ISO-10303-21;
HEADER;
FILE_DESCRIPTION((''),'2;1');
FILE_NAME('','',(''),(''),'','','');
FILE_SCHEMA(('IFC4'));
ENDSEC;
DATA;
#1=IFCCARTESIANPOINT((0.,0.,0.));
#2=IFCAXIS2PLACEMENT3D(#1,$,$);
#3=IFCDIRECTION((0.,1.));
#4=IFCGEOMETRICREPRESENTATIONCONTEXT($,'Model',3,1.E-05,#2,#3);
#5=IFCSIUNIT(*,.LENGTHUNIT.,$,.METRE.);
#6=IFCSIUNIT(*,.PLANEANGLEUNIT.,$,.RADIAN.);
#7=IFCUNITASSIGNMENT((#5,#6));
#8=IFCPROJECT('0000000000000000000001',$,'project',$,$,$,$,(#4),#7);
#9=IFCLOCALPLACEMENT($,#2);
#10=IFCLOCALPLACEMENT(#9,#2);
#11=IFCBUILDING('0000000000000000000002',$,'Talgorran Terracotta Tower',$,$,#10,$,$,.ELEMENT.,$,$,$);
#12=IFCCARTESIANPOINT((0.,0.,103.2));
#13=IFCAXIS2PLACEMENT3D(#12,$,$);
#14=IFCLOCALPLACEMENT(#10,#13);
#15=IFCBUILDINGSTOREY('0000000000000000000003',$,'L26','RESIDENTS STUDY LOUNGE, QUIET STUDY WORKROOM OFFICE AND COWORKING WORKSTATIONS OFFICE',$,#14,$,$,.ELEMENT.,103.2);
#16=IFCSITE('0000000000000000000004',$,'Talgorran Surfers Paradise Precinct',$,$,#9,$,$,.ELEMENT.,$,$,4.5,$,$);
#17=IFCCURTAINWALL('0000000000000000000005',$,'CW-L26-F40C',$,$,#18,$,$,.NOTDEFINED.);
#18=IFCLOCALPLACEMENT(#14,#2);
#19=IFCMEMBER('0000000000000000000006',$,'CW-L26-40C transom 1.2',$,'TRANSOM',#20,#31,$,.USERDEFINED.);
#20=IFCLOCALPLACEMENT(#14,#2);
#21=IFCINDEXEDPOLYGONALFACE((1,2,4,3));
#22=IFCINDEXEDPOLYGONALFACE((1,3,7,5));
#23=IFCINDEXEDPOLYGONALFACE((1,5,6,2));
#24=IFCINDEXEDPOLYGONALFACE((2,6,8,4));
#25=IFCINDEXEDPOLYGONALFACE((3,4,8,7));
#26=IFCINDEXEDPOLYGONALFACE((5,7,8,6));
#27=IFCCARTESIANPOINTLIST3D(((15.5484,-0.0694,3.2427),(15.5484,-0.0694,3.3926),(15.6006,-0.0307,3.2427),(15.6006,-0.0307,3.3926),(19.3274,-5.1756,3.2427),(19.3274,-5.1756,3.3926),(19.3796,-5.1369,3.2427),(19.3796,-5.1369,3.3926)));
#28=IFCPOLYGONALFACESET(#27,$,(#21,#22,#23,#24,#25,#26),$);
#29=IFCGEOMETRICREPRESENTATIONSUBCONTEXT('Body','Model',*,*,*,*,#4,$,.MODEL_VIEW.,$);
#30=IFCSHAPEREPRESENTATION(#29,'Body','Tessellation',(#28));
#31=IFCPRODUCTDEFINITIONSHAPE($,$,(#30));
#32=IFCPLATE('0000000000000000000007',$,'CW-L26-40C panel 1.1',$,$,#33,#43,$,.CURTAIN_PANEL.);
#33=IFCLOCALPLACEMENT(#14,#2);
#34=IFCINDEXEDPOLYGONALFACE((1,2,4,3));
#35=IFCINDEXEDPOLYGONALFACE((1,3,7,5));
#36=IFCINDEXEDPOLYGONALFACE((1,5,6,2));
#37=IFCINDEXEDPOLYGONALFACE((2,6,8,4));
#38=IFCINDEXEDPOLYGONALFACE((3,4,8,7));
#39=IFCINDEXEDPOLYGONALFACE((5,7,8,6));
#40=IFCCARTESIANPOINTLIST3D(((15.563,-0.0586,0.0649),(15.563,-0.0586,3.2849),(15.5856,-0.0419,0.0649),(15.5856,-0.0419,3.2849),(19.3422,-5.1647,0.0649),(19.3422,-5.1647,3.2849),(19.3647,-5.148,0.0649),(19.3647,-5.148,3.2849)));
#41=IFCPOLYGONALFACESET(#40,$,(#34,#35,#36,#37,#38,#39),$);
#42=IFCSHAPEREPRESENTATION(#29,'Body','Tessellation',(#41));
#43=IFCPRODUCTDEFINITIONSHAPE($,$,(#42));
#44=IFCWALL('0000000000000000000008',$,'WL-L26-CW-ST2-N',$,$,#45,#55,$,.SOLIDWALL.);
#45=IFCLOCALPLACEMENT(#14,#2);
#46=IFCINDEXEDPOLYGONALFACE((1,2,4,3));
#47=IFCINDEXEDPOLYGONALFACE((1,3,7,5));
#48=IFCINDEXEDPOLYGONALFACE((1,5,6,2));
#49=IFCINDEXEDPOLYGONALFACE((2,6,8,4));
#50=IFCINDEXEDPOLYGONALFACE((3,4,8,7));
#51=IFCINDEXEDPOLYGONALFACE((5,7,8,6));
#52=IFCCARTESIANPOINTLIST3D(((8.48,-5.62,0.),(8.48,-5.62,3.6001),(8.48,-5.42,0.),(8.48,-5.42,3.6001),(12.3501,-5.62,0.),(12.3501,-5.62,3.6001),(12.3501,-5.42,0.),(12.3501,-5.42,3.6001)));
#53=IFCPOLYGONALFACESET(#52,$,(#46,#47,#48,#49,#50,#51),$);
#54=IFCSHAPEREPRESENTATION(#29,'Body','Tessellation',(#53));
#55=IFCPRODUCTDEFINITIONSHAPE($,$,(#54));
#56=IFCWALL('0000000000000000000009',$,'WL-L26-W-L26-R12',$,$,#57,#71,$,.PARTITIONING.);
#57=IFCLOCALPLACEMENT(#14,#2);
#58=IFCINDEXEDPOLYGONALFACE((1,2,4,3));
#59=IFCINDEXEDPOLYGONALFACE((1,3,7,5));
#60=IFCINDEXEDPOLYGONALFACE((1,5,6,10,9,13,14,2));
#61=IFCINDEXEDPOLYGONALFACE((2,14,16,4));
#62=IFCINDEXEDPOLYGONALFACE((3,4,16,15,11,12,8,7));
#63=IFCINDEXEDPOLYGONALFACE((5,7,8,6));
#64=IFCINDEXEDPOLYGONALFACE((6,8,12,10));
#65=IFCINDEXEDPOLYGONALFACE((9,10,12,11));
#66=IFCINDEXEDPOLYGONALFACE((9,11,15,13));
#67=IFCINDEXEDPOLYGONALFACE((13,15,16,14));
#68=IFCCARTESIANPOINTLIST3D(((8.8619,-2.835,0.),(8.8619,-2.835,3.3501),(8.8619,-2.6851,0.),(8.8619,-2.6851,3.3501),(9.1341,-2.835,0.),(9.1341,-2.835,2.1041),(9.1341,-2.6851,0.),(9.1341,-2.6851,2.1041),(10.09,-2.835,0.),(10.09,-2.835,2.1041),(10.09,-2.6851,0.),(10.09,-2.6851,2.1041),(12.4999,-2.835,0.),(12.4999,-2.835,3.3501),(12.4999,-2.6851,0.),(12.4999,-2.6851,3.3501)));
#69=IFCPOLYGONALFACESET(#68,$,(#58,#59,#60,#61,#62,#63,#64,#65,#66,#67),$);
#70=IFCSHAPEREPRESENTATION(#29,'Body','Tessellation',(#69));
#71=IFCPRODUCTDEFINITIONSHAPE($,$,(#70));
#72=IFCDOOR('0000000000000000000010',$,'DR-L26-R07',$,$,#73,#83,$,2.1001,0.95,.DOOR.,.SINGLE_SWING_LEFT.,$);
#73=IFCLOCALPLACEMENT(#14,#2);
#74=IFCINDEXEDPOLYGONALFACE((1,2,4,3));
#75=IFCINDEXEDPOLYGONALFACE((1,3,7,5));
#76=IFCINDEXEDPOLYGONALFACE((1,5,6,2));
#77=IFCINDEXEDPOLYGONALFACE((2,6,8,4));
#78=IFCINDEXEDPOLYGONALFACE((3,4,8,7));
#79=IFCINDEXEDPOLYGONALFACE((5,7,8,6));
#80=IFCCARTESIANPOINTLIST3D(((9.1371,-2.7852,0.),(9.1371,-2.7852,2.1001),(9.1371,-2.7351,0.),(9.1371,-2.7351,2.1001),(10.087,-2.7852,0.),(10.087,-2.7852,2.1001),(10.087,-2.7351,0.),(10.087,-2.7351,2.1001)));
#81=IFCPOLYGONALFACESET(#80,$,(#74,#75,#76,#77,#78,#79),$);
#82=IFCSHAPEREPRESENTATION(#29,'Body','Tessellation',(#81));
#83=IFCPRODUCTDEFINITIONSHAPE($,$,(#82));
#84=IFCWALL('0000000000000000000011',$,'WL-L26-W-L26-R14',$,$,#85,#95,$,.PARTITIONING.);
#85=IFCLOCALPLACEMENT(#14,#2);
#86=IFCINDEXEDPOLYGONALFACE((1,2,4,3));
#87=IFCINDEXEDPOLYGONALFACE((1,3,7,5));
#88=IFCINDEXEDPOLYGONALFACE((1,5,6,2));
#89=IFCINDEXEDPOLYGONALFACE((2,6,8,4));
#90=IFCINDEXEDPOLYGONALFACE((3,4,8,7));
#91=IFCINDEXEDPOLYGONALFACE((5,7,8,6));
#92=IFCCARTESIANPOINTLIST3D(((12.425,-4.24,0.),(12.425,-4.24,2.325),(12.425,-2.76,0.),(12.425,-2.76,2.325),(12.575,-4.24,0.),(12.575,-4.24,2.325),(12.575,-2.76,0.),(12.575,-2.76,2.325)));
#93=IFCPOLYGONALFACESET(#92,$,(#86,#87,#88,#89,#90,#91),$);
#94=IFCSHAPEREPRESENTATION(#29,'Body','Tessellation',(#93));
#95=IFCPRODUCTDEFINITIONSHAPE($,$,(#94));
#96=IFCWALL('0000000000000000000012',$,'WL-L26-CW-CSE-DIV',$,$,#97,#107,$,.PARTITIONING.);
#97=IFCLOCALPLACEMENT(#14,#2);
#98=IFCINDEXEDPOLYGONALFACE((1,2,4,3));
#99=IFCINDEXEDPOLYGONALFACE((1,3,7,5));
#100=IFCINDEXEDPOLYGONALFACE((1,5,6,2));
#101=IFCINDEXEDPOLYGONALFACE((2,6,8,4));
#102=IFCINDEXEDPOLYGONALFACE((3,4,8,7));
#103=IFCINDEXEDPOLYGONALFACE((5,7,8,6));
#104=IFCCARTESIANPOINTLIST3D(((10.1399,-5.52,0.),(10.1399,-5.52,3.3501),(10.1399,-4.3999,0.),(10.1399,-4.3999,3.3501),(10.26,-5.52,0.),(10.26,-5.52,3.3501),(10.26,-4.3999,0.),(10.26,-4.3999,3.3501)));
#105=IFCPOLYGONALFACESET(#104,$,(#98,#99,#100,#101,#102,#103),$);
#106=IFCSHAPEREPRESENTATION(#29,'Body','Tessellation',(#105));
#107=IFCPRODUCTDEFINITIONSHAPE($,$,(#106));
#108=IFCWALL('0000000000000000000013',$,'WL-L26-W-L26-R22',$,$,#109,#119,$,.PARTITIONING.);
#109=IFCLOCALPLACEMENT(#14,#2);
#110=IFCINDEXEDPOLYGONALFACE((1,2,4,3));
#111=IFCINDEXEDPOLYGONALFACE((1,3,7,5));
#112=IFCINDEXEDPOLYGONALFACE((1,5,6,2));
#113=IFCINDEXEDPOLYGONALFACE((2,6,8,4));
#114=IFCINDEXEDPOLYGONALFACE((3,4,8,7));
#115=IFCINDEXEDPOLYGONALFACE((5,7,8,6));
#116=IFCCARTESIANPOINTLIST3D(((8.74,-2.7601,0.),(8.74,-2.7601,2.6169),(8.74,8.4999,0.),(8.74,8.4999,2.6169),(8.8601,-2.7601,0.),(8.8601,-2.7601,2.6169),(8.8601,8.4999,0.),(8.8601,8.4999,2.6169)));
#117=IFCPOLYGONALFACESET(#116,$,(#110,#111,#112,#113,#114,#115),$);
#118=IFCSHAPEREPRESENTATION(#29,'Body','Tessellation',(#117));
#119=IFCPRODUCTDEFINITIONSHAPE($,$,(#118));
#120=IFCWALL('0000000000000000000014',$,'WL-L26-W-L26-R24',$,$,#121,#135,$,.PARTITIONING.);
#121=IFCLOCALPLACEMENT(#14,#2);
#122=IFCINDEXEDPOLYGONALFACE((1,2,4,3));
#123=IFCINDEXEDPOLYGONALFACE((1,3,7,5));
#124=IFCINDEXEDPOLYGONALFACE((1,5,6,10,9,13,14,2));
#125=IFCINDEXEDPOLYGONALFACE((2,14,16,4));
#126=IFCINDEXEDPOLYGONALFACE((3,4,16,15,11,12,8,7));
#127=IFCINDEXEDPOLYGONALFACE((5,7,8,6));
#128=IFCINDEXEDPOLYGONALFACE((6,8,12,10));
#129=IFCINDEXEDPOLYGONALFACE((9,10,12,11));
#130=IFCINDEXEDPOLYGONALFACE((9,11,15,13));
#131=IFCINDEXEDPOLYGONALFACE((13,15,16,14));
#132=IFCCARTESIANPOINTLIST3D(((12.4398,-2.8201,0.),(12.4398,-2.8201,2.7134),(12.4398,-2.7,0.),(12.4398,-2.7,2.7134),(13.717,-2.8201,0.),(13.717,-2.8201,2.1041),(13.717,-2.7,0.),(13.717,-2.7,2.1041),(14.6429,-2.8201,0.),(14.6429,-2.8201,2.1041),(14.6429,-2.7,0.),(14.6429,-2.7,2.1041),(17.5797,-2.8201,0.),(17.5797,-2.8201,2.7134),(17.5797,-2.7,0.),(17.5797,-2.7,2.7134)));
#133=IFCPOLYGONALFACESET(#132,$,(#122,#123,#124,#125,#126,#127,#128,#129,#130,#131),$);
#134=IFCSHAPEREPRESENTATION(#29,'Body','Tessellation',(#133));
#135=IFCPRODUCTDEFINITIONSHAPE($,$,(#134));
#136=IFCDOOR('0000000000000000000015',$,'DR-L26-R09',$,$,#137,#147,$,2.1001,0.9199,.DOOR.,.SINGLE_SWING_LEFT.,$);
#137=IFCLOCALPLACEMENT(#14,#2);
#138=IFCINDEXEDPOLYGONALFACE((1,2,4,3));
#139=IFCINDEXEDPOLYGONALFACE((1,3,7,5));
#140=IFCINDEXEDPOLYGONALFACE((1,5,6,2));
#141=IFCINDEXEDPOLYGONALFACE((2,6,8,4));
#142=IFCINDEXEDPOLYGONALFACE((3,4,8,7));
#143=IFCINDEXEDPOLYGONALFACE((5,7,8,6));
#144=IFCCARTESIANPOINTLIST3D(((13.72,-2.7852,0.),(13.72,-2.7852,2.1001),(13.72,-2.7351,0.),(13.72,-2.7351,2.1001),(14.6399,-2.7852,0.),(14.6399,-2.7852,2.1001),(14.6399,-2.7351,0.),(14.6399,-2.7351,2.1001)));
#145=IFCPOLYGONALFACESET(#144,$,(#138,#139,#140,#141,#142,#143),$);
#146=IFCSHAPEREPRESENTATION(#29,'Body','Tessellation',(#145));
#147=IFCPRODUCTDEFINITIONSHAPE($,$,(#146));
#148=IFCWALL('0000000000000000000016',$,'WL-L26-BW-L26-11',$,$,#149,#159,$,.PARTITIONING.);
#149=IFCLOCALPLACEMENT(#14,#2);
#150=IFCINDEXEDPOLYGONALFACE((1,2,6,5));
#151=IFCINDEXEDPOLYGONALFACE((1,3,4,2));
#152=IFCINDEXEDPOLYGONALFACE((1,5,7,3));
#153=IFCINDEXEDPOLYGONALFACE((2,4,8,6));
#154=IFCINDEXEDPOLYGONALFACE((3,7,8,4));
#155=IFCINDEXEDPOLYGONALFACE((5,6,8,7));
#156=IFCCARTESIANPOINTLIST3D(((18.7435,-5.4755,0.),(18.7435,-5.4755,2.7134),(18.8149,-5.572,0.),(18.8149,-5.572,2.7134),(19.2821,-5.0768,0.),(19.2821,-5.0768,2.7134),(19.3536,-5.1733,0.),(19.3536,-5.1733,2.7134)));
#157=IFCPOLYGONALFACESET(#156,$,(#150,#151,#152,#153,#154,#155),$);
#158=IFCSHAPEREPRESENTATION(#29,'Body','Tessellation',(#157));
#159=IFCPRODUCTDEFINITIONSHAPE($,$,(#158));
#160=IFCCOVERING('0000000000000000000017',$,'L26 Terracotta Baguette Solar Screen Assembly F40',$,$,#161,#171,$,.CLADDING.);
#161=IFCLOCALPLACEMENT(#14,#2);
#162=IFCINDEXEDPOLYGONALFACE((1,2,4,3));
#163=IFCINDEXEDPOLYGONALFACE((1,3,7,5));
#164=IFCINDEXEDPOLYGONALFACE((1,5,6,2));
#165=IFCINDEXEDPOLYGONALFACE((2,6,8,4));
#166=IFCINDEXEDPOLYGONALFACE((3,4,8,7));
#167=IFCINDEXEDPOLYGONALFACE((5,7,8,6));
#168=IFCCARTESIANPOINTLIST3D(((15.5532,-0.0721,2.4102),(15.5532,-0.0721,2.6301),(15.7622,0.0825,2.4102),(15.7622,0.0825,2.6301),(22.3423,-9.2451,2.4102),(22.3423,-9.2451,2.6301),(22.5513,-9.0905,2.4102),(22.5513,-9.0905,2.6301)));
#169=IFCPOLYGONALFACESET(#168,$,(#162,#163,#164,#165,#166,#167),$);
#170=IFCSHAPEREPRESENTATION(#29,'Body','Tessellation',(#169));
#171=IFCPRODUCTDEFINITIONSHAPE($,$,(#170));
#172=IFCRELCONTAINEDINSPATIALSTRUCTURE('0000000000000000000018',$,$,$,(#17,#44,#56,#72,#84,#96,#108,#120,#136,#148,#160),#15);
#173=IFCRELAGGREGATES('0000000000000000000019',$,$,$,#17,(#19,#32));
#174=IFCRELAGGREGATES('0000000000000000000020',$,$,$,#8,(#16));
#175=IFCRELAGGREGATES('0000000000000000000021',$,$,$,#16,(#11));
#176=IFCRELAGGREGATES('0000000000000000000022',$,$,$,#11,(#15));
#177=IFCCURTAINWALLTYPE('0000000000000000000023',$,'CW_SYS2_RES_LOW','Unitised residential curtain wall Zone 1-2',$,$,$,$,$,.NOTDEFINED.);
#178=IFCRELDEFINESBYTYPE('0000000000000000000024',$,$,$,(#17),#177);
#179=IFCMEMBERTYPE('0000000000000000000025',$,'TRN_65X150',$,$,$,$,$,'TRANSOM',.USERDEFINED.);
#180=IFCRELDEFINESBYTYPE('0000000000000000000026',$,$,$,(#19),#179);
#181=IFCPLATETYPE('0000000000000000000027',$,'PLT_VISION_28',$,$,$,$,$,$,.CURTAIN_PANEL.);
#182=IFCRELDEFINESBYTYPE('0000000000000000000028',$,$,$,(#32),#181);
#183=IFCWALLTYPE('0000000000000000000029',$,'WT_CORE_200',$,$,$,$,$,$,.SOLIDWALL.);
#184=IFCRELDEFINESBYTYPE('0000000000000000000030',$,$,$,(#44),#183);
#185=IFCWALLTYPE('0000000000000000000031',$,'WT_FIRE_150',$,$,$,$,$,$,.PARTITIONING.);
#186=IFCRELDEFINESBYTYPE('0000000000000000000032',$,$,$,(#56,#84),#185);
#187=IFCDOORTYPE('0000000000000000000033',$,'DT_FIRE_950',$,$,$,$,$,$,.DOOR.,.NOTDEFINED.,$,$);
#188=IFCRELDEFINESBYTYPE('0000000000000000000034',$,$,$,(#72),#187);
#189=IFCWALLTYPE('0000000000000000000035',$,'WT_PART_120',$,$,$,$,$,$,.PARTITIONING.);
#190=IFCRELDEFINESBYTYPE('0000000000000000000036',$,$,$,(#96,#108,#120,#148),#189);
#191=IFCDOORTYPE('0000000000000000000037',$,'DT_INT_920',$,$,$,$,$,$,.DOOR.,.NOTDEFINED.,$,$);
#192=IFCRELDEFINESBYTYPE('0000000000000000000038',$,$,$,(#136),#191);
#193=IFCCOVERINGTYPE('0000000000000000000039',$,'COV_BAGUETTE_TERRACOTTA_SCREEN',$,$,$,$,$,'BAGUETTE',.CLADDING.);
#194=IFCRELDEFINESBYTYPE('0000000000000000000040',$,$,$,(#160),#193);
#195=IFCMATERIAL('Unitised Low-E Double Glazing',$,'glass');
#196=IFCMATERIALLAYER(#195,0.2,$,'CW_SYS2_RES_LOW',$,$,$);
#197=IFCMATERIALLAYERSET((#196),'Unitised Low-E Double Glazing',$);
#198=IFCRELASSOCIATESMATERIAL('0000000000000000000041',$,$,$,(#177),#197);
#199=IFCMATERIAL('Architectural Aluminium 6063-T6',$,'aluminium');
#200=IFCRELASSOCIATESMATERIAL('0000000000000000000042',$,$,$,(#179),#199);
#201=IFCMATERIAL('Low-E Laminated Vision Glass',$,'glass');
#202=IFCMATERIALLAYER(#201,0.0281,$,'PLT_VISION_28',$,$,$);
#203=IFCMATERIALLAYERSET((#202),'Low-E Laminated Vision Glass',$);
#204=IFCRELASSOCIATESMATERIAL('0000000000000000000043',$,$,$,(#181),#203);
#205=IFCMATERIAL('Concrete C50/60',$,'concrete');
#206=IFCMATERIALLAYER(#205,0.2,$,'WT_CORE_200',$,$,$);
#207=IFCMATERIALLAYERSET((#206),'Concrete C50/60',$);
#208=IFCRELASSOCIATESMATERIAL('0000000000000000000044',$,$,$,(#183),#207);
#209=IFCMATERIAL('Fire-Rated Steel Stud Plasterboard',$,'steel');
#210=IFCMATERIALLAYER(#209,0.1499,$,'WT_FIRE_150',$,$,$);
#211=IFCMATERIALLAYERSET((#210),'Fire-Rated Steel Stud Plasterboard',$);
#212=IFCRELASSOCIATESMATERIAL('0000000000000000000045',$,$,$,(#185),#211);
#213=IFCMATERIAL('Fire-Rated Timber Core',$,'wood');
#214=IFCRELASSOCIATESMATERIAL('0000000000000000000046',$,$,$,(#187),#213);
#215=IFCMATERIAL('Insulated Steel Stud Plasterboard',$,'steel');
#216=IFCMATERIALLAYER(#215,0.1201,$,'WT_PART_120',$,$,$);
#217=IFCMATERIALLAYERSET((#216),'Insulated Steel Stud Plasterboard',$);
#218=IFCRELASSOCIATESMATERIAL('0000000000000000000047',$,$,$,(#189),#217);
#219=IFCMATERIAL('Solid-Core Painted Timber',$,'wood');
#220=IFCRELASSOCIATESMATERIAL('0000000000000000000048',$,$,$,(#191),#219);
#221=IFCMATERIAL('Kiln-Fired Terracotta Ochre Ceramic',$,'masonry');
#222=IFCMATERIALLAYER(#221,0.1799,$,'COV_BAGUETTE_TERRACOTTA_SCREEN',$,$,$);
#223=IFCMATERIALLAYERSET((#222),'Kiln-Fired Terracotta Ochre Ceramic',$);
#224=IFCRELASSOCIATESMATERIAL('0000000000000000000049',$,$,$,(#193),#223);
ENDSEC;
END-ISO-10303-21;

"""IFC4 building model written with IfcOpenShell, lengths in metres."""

from ifc_helpers import new_model, si_unit, direction, frame, frame_2d, origin, origin_2d, place, context, subcontext, project, spatial, rectangle, extrude, source, transform, mapped, material, layer, layer_set, material_profile, profile_set, type_object, type_shapes, element, fill, aggregate, save


model = new_model("IFC4")

# Units and contexts
model_context = context("Model", 3, precision=1e-05, world=origin(), true_north=direction((0.0, 1.0)))
body_context = subcontext(model_context, "Body", "Model", "MODEL_VIEW")
ifc_project = project(units=[si_unit("LENGTHUNIT", "METRE"), si_unit("PLANEANGLEUNIT", "RADIAN")], contexts=[model_context])

# Site, building, storey
site_placement = place(None, origin())
site = spatial("IfcSite", under=ifc_project, at=site_placement, Name="Talgorran Surfers Paradise Precinct", CompositionType="ELEMENT", RefElevation=4.5)
building_placement = place(site_placement, origin())
building = spatial("IfcBuilding", under=site, at=building_placement, Name="Talgorran Terracotta Tower", CompositionType="ELEMENT")
storey_placement = place(building_placement, frame((0.0, 0.0, 103.2)))
storey = spatial("IfcBuildingStorey", under=building, at=storey_placement, Name="L26", Description="RESIDENTS STUDY LOUNGE, QUIET STUDY WORKROOM OFFICE AND COWORKING WORKSTATIONS OFFICE", CompositionType="ELEMENT", Elevation=103.2)

# Shared definitions
ifc_material_1 = material(Name="Unitised Low-E Double Glazing", Category="glass")
ifc_layer_1 = layer(ifc_material_1, 0.2, Name="CW_SYS2_RES_LOW")
ifc_layer_set_1 = layer_set([ifc_layer_1], Name="Unitised Low-E Double Glazing")
curtain_wall_type = type_object("IfcCurtainWallType", Name="CW_SYS2_RES_LOW", Description="Unitised residential curtain wall Zone 1-2", PredefinedType="NOTDEFINED", material=ifc_layer_set_1)
ifc_material_2 = material(Name="Architectural Aluminium 6063-T6", Category="aluminium")

# Curtain wall, member, plate
curtain_wall_1_placement = place(storey_placement, origin())
curtain_wall_1 = element("IfcCurtainWall", 1, at=curtain_wall_1_placement, inside=storey, type_object=curtain_wall_type, Name="CW-L26-F40C", PredefinedType="NOTDEFINED")
ifc_material_profile_1 = material_profile(ifc_material_2, rectangle(XDim=0.0649, YDim=0.1499, at=origin_2d()), Name="CWT65X150")
ifc_profile_set_1 = profile_set([ifc_material_profile_1], Name="Architectural Aluminium 6063-T6")
member_type_1 = type_object("IfcMemberType", Name="TRN_65X150", ElementType="TRANSOM", PredefinedType="USERDEFINED", material=ifc_profile_set_1)
member_1_placement = place(storey_placement, frame((19.3535, -5.1562, 3.3176), z_axis=(-0.59489, 0.803807, 0.0), x_axis=(-0.803807, -0.59489, 0.0)))
member_1 = element("IfcMember", 2, at=member_1_placement, type_object=member_type_1, Name="CW-L26-40C transom 1.2", ObjectType="TRANSOM", PredefinedType="USERDEFINED", context=body_context, shape_type="SweptSolid", body=[
    extrude(rectangle(XDim=0.0649, YDim=0.1499, at=origin_2d()), origin(), (0.0, 0.0, 1.0), 6.3525),
])
ifc_material_3 = material(Name="Low-E Laminated Vision Glass", Category="glass")
ifc_layer_2 = layer(ifc_material_3, 0.0281, Name="PLT_VISION_28")
ifc_layer_set_2 = layer_set([ifc_layer_2], Name="Low-E Laminated Vision Glass")
plate_type = type_object("IfcPlateType", Name="PLT_VISION_28", PredefinedType="CURTAIN_PANEL", material=ifc_layer_set_2)
shared_shape = source(origin(), body_context, "Body", "SweptSolid", [
    extrude(rectangle(XDim=6.3525, YDim=0.0281, at=origin_2d()), origin(), (0.0, 0.0, 1.0), 3.22),
])
type_shapes(plate_type, [shared_shape])
plate_placement = place(storey_placement, frame((17.4639, -2.6033, 0.0649), z_axis=(0.0, 0.0, 1.0), x_axis=(-0.594908, 0.803794, 0.0)))
plate = element("IfcPlate", 3, at=plate_placement, type_object=plate_type, Name="CW-L26-40C panel 1.1", PredefinedType="CURTAIN_PANEL", context=body_context, shape_type="MappedRepresentation", body=[
    mapped(shared_shape, transform((0.0, 0.0, 0.0), scale=1.0)),
])
aggregate(curtain_wall_1, [member_1, plate])

# Wall
ifc_material_4 = material(Name="Concrete C50/60", Category="concrete")
ifc_layer_3 = layer(ifc_material_4, 0.2, Name="WT_CORE_200")
ifc_layer_set_3 = layer_set([ifc_layer_3], Name="Concrete C50/60")
wall_type_1 = type_object("IfcWallType", Name="WT_CORE_200", PredefinedType="SOLIDWALL", material=ifc_layer_set_3)
wall_1_placement = place(storey_placement, frame((8.48, -5.52, 0.0), z_axis=(0.0, 0.0, 1.0), x_axis=(1.0, 0.0, 0.0)))
element("IfcWall", 4, at=wall_1_placement, inside=storey, type_object=wall_type_1, Name="WL-L26-CW-ST2-N", PredefinedType="SOLIDWALL", context=body_context, shape_type="SweptSolid", body=[
    extrude(rectangle(XDim=3.8701, YDim=0.2, at=frame_2d((1.9351, 0.0))), origin(), (0.0, 0.0, 1.0), 3.6001),
])

# Wall, opening, door
ifc_material_5 = material(Name="Fire-Rated Steel Stud Plasterboard", Category="steel")
ifc_layer_4 = layer(ifc_material_5, 0.1499, Name="WT_FIRE_150")
ifc_layer_set_4 = layer_set([ifc_layer_4], Name="Fire-Rated Steel Stud Plasterboard")
wall_type_2 = type_object("IfcWallType", Name="WT_FIRE_150", PredefinedType="PARTITIONING", material=ifc_layer_set_4)
wall_2_placement = place(storey_placement, frame((8.8621, -2.76, 0.0), z_axis=(0.0, 0.0, 1.0), x_axis=(1.0, 0.0, 0.0)))
wall_2 = element("IfcWall", 5, at=wall_2_placement, inside=storey, type_object=wall_type_2, Name="WL-L26-W-L26-R12", PredefinedType="PARTITIONING", context=body_context, shape_type="SweptSolid", body=[
    extrude(rectangle(XDim=3.6379, YDim=0.1499, at=frame_2d((1.8188, 0.0))), origin(), (0.0, 0.0, 1.0), 3.3501),
])
opening_1_placement = place(wall_2_placement, frame((0.2749, 0.0, 0.0)))
opening_1 = element("IfcOpeningElement", 6, at=opening_1_placement, cuts=wall_2, PredefinedType="OPENING", context=body_context, shape_type="SweptSolid", body=[
    extrude(rectangle(XDim=0.956, YDim=2.1041, at=frame_2d((0.4751, 1.052))), frame((0.0, 0.085, 0.0), z_axis=(0.0, -1.0, 0.0), x_axis=(1.0, 0.0, 0.0)), (0.0, 0.0, 1.0), 0.1699),
])
ifc_material_6 = material(Name="Fire-Rated Timber Core", Category="wood")
door_type_1 = type_object("IfcDoorType", Name="DT_FIRE_950", OperationType="NOTDEFINED", PredefinedType="DOOR", material=ifc_material_6)
door_1_placement = place(opening_1_placement, origin())
door_1 = element("IfcDoor", 7, at=door_1_placement, inside=storey, type_object=door_type_1, Name="DR-L26-R07", OperationType="SINGLE_SWING_LEFT", OverallHeight=2.1001, OverallWidth=0.95, PredefinedType="DOOR", context=body_context, shape_type="SweptSolid", body=[
    extrude(rectangle(XDim=0.95, YDim=2.1001, at=frame_2d((0.4751, 1.05))), frame((0.0, 0.0249, 0.0), z_axis=(0.0, -1.0, 0.0), x_axis=(1.0, 0.0, 0.0)), (0.0, 0.0, 1.0), 0.05),
])
fill(opening_1, door_1)

# Walls
wall_3_placement = place(storey_placement, frame((12.5, -4.24, 0.0), z_axis=(0.0, 0.0, 1.0), x_axis=(0.0, 1.0, 0.0)))
element("IfcWall", 8, at=wall_3_placement, inside=storey, type_object=wall_type_2, Name="WL-L26-W-L26-R14", PredefinedType="PARTITIONING", context=body_context, shape_type="SweptSolid", body=[
    extrude(rectangle(XDim=1.48, YDim=0.1499, at=frame_2d((0.74, 0.0))), origin(), (0.0, 0.0, 1.0), 2.325),
])
ifc_material_7 = material(Name="Insulated Steel Stud Plasterboard", Category="steel")
ifc_layer_5 = layer(ifc_material_7, 0.1201, Name="WT_PART_120")
ifc_layer_set_5 = layer_set([ifc_layer_5], Name="Insulated Steel Stud Plasterboard")
wall_type_3 = type_object("IfcWallType", Name="WT_PART_120", PredefinedType="PARTITIONING", material=ifc_layer_set_5)
wall_4_placement = place(storey_placement, frame((10.2, -5.52, 0.0), z_axis=(0.0, 0.0, 1.0), x_axis=(0.0, 1.0, 0.0)))
element("IfcWall", 9, at=wall_4_placement, inside=storey, type_object=wall_type_3, Name="WL-L26-CW-CSE-DIV", PredefinedType="PARTITIONING", context=body_context, shape_type="SweptSolid", body=[
    extrude(rectangle(XDim=1.1201, YDim=0.1201, at=frame_2d((0.5601, 0.0))), origin(), (0.0, 0.0, 1.0), 3.3501),
])
wall_5_placement = place(storey_placement, frame((8.8, -2.76, 0.0), z_axis=(0.0, 0.0, 1.0), x_axis=(0.0, 1.0, 0.0)))
element("IfcWall", 10, at=wall_5_placement, inside=storey, type_object=wall_type_3, Name="WL-L26-W-L26-R22", PredefinedType="PARTITIONING", context=body_context, shape_type="SweptSolid", body=[
    extrude(rectangle(XDim=11.26, YDim=0.1201, at=frame_2d((5.6299, 0.0))), origin(), (0.0, 0.0, 1.0), 2.6169),
])

# Wall, opening, door
wall_6_placement = place(storey_placement, frame((12.4399, -2.76, 0.0), z_axis=(0.0, 0.0, 1.0), x_axis=(1.0, 0.0, 0.0)))
wall_6 = element("IfcWall", 11, at=wall_6_placement, inside=storey, type_object=wall_type_3, Name="WL-L26-W-L26-R24", PredefinedType="PARTITIONING", context=body_context, shape_type="SweptSolid", body=[
    extrude(rectangle(XDim=5.1399, YDim=0.1201, at=frame_2d((2.5698, 0.0))), origin(), (0.0, 0.0, 1.0), 2.7134),
])
opening_2_placement = place(wall_6_placement, frame((1.28, 0.0, 0.0)))
opening_2 = element("IfcOpeningElement", 12, at=opening_2_placement, cuts=wall_6, PredefinedType="OPENING", context=body_context, shape_type="SweptSolid", body=[
    extrude(rectangle(XDim=0.9259, YDim=2.1041, at=frame_2d((0.46, 1.052))), frame((0.0, 0.0701, 0.0), z_axis=(0.0, -1.0, 0.0), x_axis=(1.0, 0.0, 0.0)), (0.0, 0.0, 1.0), 0.1401),
])
ifc_material_8 = material(Name="Solid-Core Painted Timber", Category="wood")
door_type_2 = type_object("IfcDoorType", Name="DT_INT_920", OperationType="NOTDEFINED", PredefinedType="DOOR", material=ifc_material_8)
door_2_placement = place(opening_2_placement, origin())
door_2 = element("IfcDoor", 13, at=door_2_placement, inside=storey, type_object=door_type_2, Name="DR-L26-R09", OperationType="SINGLE_SWING_LEFT", OverallHeight=2.1001, OverallWidth=0.9199, PredefinedType="DOOR", context=body_context, shape_type="SweptSolid", body=[
    extrude(rectangle(XDim=0.9199, YDim=2.1001, at=frame_2d((0.46, 1.05))), frame((0.0, 0.0249, 0.0), z_axis=(0.0, -1.0, 0.0), x_axis=(1.0, 0.0, 0.0)), (0.0, 0.0, 1.0), 0.05),
])
fill(opening_2, door_2)

# Wall
wall_7_placement = place(storey_placement, frame((18.7793, -5.5237, 0.0), z_axis=(0.0, 0.0, 1.0), x_axis=(0.803744, 0.594975, 0.0)))
element("IfcWall", 14, at=wall_7_placement, inside=storey, type_object=wall_type_3, Name="WL-L26-BW-L26-11", PredefinedType="PARTITIONING", context=body_context, shape_type="SweptSolid", body=[
    extrude(rectangle(XDim=0.6702, YDim=0.1201, at=frame_2d((0.335, 0.0))), origin(), (0.0, 0.0, 1.0), 2.7134),
])

# Covering
ifc_material_9 = material(Name="Kiln-Fired Terracotta Ochre Ceramic", Category="masonry")
ifc_layer_6 = layer(ifc_material_9, 0.1799, Name="COV_BAGUETTE_TERRACOTTA_SCREEN")
ifc_layer_set_6 = layer_set([ifc_layer_6], Name="Kiln-Fired Terracotta Ochre Ceramic")
covering_type_1 = type_object("IfcCoveringType", Name="COV_BAGUETTE_TERRACOTTA_SCREEN", ElementType="BAGUETTE", PredefinedType="CLADDING", material=ifc_layer_set_6)
covering_1_placement = place(storey_placement, frame((19.0522, -4.5813, 2.4102), z_axis=(0.0, 0.0, 1.0), x_axis=(-0.594907, 0.803795, 0.0)))
element("IfcCovering", 15, at=covering_1_placement, inside=storey, type_object=covering_type_1, Name="L26 Terracotta Baguette Solar Screen Assembly F40", PredefinedType="CLADDING", context=body_context, shape_type="SweptSolid", body=[
    extrude(rectangle(XDim=11.4121, YDim=0.26, at=origin_2d()), origin(), (0.0, 0.0, 1.0), 0.22),
])

save(model, "model.ifc")
